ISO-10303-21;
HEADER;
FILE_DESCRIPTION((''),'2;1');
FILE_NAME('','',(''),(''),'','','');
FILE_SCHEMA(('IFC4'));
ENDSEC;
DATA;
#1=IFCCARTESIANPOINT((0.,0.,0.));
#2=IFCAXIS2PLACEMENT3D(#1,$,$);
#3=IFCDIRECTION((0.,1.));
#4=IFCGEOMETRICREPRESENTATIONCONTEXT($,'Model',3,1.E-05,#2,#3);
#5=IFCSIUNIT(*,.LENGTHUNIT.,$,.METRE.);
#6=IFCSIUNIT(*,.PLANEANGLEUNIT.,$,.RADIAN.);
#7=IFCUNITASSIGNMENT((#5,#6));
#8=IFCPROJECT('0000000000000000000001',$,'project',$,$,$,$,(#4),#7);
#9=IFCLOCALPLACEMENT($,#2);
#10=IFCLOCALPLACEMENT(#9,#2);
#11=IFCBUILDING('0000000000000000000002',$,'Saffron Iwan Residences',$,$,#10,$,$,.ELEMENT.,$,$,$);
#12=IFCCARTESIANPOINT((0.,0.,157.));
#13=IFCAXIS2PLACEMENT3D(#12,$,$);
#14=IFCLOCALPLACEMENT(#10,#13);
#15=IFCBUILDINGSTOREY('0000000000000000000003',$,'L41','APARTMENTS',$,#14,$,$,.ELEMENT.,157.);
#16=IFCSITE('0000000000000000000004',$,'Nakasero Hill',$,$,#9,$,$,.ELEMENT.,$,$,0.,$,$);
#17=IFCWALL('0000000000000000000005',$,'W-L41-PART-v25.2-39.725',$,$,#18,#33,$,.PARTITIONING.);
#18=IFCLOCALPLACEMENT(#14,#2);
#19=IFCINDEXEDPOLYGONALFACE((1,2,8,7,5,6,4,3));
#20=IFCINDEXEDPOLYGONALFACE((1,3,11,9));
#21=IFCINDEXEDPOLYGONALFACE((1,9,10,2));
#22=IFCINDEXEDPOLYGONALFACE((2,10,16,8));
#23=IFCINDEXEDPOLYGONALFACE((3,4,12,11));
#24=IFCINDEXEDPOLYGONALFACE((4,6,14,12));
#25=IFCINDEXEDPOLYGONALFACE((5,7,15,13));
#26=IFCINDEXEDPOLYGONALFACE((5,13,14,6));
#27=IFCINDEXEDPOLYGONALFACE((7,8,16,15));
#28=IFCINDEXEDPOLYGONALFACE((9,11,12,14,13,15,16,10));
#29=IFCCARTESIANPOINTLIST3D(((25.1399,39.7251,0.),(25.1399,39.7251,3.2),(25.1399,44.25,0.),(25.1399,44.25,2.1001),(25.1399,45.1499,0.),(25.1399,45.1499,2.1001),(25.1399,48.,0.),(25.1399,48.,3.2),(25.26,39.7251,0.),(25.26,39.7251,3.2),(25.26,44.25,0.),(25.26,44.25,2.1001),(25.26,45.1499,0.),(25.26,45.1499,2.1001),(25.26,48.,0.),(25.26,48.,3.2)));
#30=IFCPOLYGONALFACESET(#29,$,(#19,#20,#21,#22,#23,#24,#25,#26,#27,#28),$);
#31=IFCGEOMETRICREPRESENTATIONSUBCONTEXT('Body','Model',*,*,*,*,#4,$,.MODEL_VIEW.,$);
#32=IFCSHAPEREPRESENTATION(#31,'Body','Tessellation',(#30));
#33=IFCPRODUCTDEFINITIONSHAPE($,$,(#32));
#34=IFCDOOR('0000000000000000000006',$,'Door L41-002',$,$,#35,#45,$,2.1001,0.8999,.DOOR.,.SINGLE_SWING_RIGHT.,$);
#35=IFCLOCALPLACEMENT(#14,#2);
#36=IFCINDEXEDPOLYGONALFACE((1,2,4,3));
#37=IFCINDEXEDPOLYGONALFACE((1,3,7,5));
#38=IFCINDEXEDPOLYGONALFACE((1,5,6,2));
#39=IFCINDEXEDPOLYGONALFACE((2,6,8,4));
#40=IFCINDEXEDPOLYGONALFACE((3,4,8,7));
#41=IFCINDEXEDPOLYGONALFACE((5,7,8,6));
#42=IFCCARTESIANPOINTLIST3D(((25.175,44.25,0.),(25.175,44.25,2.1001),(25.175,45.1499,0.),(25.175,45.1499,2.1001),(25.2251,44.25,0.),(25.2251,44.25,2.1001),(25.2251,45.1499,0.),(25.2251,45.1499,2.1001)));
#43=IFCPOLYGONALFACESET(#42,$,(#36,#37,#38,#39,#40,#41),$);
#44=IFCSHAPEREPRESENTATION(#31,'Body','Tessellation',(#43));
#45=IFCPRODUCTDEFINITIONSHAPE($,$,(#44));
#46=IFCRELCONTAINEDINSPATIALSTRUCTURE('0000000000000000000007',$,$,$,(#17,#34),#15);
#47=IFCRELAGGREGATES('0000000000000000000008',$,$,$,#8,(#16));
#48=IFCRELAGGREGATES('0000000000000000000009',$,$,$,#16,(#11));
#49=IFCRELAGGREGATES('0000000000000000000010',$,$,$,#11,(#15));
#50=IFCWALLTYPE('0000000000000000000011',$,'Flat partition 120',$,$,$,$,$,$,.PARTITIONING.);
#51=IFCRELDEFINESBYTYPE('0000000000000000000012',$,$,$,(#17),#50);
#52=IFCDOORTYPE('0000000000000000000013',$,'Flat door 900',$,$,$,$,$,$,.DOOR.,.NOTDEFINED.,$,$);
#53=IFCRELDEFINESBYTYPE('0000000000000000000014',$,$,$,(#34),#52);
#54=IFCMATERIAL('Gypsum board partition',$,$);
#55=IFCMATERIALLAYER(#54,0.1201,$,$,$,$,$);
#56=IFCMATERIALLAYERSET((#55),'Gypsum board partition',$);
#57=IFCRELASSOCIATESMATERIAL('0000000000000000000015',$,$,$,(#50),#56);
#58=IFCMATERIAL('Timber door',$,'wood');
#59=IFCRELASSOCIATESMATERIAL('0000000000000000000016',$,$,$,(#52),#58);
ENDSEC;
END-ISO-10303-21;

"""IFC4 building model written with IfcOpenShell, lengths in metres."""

from ifc_helpers import new_model, si_unit, direction, frame, frame_2d, origin, place, context, subcontext, project, spatial, rectangle, extrude, material, layer, layer_set, type_object, element, fill, save


model = new_model("IFC4")

# Units and contexts
model_context = context("Model", 3, precision=1e-05, world=origin(), true_north=direction((0.0, 1.0)))
body_context = subcontext(model_context, "Body", "Model", "MODEL_VIEW")
ifc_project = project(units=[si_unit("LENGTHUNIT", "METRE"), si_unit("PLANEANGLEUNIT", "RADIAN")], contexts=[model_context])

# Site, building, storey
site_placement = place(None, origin())
site = spatial("IfcSite", under=ifc_project, at=site_placement, Name="Nakasero Hill", CompositionType="ELEMENT", RefElevation=0.0)
building_placement = place(site_placement, origin())
building = spatial("IfcBuilding", under=site, at=building_placement, Name="Saffron Iwan Residences", CompositionType="ELEMENT")
storey_placement = place(building_placement, frame((0.0, 0.0, 157.0)))
storey = spatial("IfcBuildingStorey", under=building, at=storey_placement, Name="L41", Description="APARTMENTS", CompositionType="ELEMENT", Elevation=157.0)

# Wall, opening, door
ifc_material_1 = material(Name="Gypsum board partition")
ifc_layer_1 = layer(ifc_material_1, 0.1201)
ifc_layer_set_1 = layer_set([ifc_layer_1], Name="Gypsum board partition")
wall_type_1 = type_object("IfcWallType", Name="Flat partition 120", PredefinedType="PARTITIONING", material=ifc_layer_set_1)
wall_1_placement = place(storey_placement, frame((25.2, 39.7251, 0.0), z_axis=(0.0, 0.0, 1.0), x_axis=(0.0, 1.0, 0.0)))
wall_1 = element("IfcWall", 1, at=wall_1_placement, inside=storey, type_object=wall_type_1, Name="W-L41-PART-v25.2-39.725", PredefinedType="PARTITIONING", context=body_context, shape_type="SweptSolid", body=[
    extrude(rectangle(XDim=8.2749, YDim=0.1201, at=frame_2d((4.1375, 0.0))), origin(), (0.0, 0.0, 1.0), 3.2),
])
opening_1_placement = place(wall_1_placement, frame((4.5249, 0.0, 0.0)))
opening_1 = element("IfcOpeningElement", 2, at=opening_1_placement, cuts=wall_1, PredefinedType="OPENING", context=body_context, shape_type="SweptSolid", body=[
    extrude(rectangle(XDim=0.8999, YDim=2.1001, at=frame_2d((0.45, 1.05))), frame((0.0, 0.0701, 0.0), z_axis=(0.0, -1.0, 0.0), x_axis=(1.0, 0.0, 0.0)), (0.0, 0.0, 1.0), 0.1401),
])
ifc_material_2 = material(Name="Timber door", Category="wood")
door_type_1 = type_object("IfcDoorType", Name="Flat door 900", OperationType="NOTDEFINED", PredefinedType="DOOR", material=ifc_material_2)
door_1_placement = place(opening_1_placement, origin())
door_1 = element("IfcDoor", 3, at=door_1_placement, inside=storey, type_object=door_type_1, Name="Door L41-002", OperationType="SINGLE_SWING_RIGHT", OverallHeight=2.1001, OverallWidth=0.8999, PredefinedType="DOOR", context=body_context, shape_type="SweptSolid", body=[
    extrude(rectangle(XDim=0.8999, YDim=2.1001, at=frame_2d((0.45, 1.05))), frame((0.0, 0.0249, 0.0), z_axis=(0.0, -1.0, 0.0), x_axis=(1.0, 0.0, 0.0)), (0.0, 0.0, 1.0), 0.05),
])
fill(opening_1, door_1)

save(model, "model.ifc")
